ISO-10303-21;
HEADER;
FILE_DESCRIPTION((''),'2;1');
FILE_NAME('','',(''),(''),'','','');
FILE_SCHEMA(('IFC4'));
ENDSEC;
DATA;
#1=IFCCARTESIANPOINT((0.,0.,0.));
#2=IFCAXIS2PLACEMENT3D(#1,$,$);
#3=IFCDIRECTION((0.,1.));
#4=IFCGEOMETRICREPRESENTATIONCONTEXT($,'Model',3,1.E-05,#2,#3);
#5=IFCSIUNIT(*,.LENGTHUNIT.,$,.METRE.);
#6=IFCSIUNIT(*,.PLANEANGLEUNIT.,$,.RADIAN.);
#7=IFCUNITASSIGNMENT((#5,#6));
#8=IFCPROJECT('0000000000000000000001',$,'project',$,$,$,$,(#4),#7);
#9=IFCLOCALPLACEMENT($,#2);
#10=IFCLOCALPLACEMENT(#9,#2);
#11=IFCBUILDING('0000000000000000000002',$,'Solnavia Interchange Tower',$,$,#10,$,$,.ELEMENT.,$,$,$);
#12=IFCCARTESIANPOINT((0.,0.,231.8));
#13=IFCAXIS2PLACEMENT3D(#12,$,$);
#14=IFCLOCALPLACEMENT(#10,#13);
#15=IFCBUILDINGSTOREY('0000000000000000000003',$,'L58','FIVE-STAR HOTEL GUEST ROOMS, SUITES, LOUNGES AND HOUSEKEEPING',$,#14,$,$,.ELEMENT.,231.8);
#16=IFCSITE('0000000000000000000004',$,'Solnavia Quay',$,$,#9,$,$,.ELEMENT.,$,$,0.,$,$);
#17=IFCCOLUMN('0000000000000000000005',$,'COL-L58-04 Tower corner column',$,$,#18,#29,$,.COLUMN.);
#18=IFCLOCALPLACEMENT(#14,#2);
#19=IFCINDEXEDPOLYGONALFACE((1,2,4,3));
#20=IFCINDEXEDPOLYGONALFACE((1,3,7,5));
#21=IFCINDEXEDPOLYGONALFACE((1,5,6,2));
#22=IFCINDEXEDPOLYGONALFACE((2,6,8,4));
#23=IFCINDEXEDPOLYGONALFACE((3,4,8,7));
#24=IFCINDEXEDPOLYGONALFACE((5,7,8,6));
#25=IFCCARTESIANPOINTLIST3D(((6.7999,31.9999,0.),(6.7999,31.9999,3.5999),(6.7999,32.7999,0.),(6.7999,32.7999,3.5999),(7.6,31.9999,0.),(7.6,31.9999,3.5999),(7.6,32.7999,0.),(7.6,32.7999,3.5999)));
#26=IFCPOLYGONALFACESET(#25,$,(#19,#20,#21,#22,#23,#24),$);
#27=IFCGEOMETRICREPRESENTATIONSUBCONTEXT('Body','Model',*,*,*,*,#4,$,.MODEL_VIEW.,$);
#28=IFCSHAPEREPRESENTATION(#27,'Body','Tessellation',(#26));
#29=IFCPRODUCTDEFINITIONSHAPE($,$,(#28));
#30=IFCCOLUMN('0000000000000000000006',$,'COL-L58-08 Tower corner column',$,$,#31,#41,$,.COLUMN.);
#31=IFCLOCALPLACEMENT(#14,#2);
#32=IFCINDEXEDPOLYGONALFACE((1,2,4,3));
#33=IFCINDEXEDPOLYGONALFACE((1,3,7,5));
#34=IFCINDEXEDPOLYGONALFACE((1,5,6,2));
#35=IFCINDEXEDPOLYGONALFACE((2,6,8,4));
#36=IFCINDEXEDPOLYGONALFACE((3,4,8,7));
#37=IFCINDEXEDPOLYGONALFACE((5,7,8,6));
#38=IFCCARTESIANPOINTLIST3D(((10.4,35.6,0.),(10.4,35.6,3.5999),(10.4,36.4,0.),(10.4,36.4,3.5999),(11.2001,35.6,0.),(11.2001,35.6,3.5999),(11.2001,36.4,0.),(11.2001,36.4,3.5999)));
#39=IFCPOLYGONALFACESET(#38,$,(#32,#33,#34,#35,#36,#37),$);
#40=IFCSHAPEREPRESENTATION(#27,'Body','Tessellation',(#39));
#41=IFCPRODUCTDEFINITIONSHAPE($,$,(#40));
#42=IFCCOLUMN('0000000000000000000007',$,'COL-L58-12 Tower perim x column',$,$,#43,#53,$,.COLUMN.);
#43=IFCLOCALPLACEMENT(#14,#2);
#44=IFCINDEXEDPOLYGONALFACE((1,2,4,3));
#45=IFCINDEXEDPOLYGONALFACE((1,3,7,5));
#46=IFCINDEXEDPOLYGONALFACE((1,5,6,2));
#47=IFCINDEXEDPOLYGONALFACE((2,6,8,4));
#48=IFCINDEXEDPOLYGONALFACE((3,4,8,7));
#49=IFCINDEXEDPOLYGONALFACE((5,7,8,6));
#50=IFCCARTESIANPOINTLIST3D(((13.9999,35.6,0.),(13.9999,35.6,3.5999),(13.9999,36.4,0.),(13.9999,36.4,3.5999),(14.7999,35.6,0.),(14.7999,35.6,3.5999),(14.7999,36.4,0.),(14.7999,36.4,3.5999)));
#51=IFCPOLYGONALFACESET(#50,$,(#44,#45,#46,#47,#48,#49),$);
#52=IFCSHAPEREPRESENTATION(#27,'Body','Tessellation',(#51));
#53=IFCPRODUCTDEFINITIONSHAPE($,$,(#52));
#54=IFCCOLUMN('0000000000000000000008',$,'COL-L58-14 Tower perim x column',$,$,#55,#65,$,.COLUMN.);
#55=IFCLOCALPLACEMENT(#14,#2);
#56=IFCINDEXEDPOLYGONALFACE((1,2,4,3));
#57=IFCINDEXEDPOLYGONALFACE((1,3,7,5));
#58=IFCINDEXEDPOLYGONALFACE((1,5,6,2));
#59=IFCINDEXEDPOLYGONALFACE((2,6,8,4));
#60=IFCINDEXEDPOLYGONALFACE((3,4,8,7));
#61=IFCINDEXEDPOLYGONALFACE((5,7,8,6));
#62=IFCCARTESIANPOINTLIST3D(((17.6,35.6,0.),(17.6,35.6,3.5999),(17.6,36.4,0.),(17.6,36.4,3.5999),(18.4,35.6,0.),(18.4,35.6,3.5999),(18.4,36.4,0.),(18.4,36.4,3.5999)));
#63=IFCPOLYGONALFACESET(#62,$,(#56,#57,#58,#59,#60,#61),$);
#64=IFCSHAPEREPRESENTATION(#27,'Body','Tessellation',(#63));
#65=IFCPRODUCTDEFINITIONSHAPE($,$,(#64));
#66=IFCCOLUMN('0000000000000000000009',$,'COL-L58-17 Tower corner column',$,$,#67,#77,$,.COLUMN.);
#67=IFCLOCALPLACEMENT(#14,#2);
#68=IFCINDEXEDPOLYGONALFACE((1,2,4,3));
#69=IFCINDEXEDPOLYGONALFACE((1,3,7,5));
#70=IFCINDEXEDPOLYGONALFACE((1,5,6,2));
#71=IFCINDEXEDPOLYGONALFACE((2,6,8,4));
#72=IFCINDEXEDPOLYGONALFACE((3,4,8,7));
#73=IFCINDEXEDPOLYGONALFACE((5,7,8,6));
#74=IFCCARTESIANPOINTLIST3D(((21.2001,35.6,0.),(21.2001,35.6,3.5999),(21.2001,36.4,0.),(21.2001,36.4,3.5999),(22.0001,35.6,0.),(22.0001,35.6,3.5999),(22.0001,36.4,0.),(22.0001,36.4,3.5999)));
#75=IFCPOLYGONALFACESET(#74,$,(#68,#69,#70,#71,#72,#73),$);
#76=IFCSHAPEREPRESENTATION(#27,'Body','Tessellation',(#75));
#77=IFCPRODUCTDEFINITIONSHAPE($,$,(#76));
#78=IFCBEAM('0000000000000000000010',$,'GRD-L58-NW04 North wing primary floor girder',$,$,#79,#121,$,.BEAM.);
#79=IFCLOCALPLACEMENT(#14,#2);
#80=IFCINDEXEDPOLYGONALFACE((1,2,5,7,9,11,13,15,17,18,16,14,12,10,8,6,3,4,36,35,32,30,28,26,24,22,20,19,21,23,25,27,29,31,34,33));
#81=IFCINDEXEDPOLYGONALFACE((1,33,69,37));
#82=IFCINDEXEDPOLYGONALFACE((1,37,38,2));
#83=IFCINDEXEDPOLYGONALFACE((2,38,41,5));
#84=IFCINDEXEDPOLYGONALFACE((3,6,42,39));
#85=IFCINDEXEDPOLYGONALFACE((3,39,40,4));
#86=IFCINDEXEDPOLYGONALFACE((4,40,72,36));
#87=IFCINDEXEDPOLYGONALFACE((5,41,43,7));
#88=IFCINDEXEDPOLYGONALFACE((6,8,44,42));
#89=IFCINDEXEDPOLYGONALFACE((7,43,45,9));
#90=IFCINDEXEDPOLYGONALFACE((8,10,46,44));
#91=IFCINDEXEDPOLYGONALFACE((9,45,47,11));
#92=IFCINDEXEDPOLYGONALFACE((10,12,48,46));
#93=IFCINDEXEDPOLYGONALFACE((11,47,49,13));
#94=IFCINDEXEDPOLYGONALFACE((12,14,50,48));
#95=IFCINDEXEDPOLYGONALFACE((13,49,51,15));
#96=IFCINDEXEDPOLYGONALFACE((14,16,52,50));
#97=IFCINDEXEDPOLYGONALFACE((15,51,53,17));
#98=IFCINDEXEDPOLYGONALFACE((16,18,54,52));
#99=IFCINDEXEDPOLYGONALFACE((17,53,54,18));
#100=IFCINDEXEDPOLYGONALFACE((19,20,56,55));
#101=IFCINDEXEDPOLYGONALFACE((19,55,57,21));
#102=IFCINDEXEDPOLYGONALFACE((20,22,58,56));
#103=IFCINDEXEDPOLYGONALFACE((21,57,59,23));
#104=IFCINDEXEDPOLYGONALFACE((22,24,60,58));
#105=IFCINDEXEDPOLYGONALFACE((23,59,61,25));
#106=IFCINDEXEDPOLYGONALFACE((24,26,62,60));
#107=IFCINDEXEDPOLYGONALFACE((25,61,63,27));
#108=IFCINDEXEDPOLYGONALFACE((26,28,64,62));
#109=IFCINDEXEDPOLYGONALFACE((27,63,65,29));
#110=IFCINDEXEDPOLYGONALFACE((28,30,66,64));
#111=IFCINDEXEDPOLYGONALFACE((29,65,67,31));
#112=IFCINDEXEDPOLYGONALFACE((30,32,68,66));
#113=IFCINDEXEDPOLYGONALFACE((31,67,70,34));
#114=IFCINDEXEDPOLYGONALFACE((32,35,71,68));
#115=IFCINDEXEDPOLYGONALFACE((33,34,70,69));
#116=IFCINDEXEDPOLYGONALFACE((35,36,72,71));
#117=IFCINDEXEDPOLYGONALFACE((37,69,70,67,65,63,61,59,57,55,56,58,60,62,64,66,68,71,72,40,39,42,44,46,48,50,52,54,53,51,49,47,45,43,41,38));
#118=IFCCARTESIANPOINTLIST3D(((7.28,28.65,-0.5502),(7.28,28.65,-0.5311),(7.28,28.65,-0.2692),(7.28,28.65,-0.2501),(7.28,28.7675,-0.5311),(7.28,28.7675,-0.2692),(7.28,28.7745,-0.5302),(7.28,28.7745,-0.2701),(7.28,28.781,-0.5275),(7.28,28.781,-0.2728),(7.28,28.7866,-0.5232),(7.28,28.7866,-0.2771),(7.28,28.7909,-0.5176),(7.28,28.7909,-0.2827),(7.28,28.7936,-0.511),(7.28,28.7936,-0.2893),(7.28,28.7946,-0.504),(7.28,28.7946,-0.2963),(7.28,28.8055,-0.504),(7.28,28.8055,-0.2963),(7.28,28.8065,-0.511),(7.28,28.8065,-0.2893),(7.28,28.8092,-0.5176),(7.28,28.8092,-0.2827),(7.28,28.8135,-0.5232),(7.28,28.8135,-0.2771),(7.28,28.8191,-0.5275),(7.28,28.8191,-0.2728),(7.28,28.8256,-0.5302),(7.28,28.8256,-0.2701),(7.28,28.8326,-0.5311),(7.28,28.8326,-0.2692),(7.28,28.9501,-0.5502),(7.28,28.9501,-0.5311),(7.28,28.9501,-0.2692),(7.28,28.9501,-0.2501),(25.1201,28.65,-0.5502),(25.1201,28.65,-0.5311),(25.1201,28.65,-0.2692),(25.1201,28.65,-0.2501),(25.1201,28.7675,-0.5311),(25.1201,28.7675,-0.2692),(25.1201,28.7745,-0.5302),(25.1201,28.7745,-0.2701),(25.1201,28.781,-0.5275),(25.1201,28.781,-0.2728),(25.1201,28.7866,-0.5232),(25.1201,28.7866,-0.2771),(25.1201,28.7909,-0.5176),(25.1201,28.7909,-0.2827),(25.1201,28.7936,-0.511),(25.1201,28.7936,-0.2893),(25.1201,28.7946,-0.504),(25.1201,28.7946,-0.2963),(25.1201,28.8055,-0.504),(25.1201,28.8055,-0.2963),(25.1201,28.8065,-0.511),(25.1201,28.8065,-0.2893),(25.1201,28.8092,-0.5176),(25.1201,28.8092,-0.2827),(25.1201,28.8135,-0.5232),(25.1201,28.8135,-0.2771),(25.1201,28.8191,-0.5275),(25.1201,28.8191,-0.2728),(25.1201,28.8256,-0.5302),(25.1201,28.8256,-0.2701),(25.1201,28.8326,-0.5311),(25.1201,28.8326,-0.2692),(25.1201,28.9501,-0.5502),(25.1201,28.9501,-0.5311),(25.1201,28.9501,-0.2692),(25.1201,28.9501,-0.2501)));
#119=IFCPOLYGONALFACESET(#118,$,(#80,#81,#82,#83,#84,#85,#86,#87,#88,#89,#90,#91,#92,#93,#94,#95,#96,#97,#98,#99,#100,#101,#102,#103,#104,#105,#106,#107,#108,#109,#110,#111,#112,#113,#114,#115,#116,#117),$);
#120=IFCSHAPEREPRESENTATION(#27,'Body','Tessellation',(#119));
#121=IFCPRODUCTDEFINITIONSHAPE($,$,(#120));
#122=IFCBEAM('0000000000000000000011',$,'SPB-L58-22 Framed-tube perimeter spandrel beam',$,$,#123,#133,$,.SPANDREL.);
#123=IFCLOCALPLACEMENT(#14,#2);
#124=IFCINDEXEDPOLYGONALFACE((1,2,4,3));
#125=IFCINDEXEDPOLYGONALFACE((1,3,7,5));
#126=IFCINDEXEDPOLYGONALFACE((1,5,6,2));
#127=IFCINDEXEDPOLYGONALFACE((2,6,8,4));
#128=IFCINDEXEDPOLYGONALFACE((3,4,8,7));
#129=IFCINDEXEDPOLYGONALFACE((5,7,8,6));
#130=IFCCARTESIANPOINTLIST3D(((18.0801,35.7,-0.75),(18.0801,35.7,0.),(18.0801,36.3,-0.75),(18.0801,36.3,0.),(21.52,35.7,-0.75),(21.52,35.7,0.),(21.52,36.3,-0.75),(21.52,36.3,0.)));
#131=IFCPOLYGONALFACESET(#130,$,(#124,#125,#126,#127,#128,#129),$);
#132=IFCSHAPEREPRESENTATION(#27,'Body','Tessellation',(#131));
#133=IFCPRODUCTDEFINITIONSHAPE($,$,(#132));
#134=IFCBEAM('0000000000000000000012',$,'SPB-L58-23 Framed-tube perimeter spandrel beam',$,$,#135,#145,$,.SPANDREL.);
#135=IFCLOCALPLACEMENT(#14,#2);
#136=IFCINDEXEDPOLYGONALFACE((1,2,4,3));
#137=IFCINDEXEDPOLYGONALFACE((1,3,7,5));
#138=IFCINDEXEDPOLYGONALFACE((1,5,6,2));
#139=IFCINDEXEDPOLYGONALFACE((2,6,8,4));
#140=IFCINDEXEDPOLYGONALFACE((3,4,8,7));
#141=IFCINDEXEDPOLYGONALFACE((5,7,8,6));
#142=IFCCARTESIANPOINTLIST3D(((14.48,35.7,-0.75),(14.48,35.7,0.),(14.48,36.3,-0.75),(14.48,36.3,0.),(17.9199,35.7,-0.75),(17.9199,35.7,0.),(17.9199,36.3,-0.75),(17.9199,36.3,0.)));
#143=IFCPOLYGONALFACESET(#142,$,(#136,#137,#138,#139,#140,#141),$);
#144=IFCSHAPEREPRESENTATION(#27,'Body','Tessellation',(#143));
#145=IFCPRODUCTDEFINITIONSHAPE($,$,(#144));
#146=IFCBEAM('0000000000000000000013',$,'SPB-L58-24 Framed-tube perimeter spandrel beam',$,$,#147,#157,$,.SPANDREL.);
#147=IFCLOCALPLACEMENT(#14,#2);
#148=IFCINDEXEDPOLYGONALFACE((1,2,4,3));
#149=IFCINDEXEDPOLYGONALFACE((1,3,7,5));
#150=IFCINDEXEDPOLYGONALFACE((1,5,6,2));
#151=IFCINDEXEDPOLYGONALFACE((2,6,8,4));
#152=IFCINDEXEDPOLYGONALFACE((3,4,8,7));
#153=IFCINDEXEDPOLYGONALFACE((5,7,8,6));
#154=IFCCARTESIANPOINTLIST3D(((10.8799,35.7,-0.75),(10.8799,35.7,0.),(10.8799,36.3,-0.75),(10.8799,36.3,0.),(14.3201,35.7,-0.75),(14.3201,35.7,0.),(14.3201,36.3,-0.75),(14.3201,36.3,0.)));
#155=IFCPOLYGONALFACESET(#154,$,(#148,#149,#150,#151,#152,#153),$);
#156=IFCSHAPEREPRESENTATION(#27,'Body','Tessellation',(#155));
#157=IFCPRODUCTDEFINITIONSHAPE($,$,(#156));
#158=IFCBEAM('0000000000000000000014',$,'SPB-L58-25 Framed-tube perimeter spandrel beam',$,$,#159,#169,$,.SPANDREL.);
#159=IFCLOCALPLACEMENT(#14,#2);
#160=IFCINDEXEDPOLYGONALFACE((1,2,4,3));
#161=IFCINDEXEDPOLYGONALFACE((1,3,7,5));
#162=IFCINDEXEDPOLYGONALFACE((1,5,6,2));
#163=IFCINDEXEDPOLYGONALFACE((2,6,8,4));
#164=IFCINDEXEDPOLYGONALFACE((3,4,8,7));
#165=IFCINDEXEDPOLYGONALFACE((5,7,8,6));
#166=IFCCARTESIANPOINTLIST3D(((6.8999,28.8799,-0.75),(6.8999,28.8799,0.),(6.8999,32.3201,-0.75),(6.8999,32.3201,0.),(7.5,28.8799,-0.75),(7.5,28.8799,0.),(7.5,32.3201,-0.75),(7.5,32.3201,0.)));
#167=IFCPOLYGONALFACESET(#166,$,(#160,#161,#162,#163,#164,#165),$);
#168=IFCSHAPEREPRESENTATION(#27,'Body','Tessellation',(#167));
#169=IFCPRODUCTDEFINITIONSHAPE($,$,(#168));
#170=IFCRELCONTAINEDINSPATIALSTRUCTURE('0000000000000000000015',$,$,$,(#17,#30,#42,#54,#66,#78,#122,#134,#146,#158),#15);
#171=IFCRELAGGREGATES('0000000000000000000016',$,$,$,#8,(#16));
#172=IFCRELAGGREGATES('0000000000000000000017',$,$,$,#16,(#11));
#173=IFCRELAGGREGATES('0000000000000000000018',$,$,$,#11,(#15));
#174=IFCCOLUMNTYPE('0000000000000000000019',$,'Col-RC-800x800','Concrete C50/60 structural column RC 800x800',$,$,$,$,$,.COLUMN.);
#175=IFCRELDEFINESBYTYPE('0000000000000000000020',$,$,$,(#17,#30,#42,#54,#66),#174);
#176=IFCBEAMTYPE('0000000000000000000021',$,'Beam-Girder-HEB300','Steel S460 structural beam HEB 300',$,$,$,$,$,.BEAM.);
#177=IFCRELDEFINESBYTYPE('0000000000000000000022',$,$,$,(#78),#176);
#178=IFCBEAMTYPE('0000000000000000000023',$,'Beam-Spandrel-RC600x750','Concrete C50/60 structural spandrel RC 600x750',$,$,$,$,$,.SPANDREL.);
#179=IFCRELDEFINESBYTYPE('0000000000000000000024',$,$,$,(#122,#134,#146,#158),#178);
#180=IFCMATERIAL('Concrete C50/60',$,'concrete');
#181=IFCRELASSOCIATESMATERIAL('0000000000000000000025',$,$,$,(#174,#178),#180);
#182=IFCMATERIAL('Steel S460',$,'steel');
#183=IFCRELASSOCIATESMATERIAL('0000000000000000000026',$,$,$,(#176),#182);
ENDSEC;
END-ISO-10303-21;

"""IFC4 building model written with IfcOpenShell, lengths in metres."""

from ifc_helpers import new_model, si_unit, direction, frame, origin, origin_2d, place, context, subcontext, project, spatial, rectangle, i_section, extrude, material, material_profile, profile_set, type_object, element, save


model = new_model("IFC4")

# Units and contexts
model_context = context("Model", 3, precision=1e-05, world=origin(), true_north=direction((0.0, 1.0)))
body_context = subcontext(model_context, "Body", "Model", "MODEL_VIEW")
ifc_project = project(units=[si_unit("LENGTHUNIT", "METRE"), si_unit("PLANEANGLEUNIT", "RADIAN")], contexts=[model_context])

# Site, building, storey
site_placement = place(None, origin())
site = spatial("IfcSite", under=ifc_project, at=site_placement, Name="Solnavia Quay", CompositionType="ELEMENT", RefElevation=0.0)
building_placement = place(site_placement, origin())
building = spatial("IfcBuilding", under=site, at=building_placement, Name="Solnavia Interchange Tower", CompositionType="ELEMENT")
storey_placement = place(building_placement, frame((0.0, 0.0, 231.8)))
storey = spatial("IfcBuildingStorey", under=building, at=storey_placement, Name="L58", Description="FIVE-STAR HOTEL GUEST ROOMS, SUITES, LOUNGES AND HOUSEKEEPING", CompositionType="ELEMENT", Elevation=231.8)

# Columns
ifc_material_1 = material(Name="Concrete C50/60", Category="concrete")
ifc_material_profile_1 = material_profile(ifc_material_1, rectangle(XDim=0.8, YDim=0.8, at=origin_2d()), Name="RC 800x800")
ifc_profile_set_1 = profile_set([ifc_material_profile_1], Name="Concrete C50/60")
column_type = type_object("IfcColumnType", Name="Col-RC-800x800", Description="Concrete C50/60 structural column RC 800x800", PredefinedType="COLUMN", material=ifc_profile_set_1)
for number, where, z_axis, x_axis, name in (
    (1, (7.2, 32.3999, 0.0), (0.0, 0.0, 1.0), (0.0, 1.0, 0.0), "COL-L58-04 Tower corner column"),
    (2, (10.8, 36.0, 0.0), (0.0, 0.0, 1.0), (1.0, 0.0, 0.0), "COL-L58-08 Tower corner column"),
    (3, (14.3999, 36.0, 0.0), (0.0, 0.0, 1.0), (1.0, 0.0, 0.0), "COL-L58-12 Tower perim x column"),
    (4, (18.0, 36.0, 0.0), (0.0, 0.0, 1.0), (1.0, 0.0, 0.0), "COL-L58-14 Tower perim x column"),
    (5, (21.6001, 36.0, 0.0), (0.0, 0.0, 1.0), (1.0, 0.0, 0.0), "COL-L58-17 Tower corner column"),
):
    element("IfcColumn", number, at=place(storey_placement, frame(where, z_axis=z_axis, x_axis=x_axis)), inside=storey, type_object=column_type, Name=name, PredefinedType="COLUMN", context=body_context, shape_type="SweptSolid", body=[
        extrude(rectangle(XDim=0.8, YDim=0.8, at=origin_2d()), origin(), (0.0, 0.0, 1.0), 3.5999),
    ])

# Beams
ifc_material_2 = material(Name="Steel S460", Category="steel")
ifc_material_profile_2 = material_profile(ifc_material_2, i_section(OverallWidth=0.3, OverallDepth=0.3, WebThickness=0.011, FlangeThickness=0.019, FilletRadius=0.0271, at=origin_2d()), Name="HEB 300")
ifc_profile_set_2 = profile_set([ifc_material_profile_2], Name="Steel S460")
beam_type_1 = type_object("IfcBeamType", Name="Beam-Girder-HEB300", Description="Steel S460 structural beam HEB 300", PredefinedType="BEAM", material=ifc_profile_set_2)
beam_placement = place(storey_placement, frame((7.28, 28.8, -0.4001), z_axis=(1.0, 0.0, 0.0), x_axis=(0.0, 1.0, 0.0)))
element("IfcBeam", 6, at=beam_placement, inside=storey, type_object=beam_type_1, Name="GRD-L58-NW04 North wing primary floor girder", PredefinedType="BEAM", context=body_context, shape_type="SweptSolid", body=[
    extrude(i_section(OverallWidth=0.3, OverallDepth=0.3, WebThickness=0.011, FlangeThickness=0.019, FilletRadius=0.0271, at=origin_2d()), origin(), (0.0, 0.0, 1.0), 17.8401),
])
ifc_material_profile_3 = material_profile(ifc_material_1, rectangle(XDim=0.6001, YDim=0.75, at=origin_2d()), Name="RC 600x750")
ifc_profile_set_3 = profile_set([ifc_material_profile_3], Name="Concrete C50/60")
beam_type_2 = type_object("IfcBeamType", Name="Beam-Spandrel-RC600x750", Description="Concrete C50/60 structural spandrel RC 600x750", PredefinedType="SPANDREL", material=ifc_profile_set_3)
for number, where, z_axis, x_axis, name in (
    (7, (21.52, 36.0, -0.375), (-1.0, 0.0, 0.0), (0.0, -1.0, 0.0), "SPB-L58-22 Framed-tube perimeter spandrel beam"),
    (8, (17.9199, 36.0, -0.375), (-1.0, 0.0, 0.0), (0.0, -1.0, 0.0), "SPB-L58-23 Framed-tube perimeter spandrel beam"),
):
    element("IfcBeam", number, at=place(storey_placement, frame(where, z_axis=z_axis, x_axis=x_axis)), inside=storey, type_object=beam_type_2, Name=name, PredefinedType="SPANDREL", context=body_context, shape_type="SweptSolid", body=[
        extrude(rectangle(XDim=0.6001, YDim=0.75, at=origin_2d()), origin(), (0.0, 0.0, 1.0), 3.4399),
    ])
for number, where, z_axis, x_axis, name in (
    (9, (14.3201, 36.0, -0.375), (-1.0, 0.0, 0.0), (0.0, -1.0, 0.0), "SPB-L58-24 Framed-tube perimeter spandrel beam"),
    (10, (7.2, 32.3201, -0.375), (0.0, -1.0, 0.0), (1.0, 0.0, 0.0), "SPB-L58-25 Framed-tube perimeter spandrel beam"),
):
    element("IfcBeam", number, at=place(storey_placement, frame(where, z_axis=z_axis, x_axis=x_axis)), inside=storey, type_object=beam_type_2, Name=name, PredefinedType="SPANDREL", context=body_context, shape_type="SweptSolid", body=[
        extrude(rectangle(XDim=0.6001, YDim=0.75, at=origin_2d()), origin(), (0.0, 0.0, 1.0), 3.4402),
    ])

save(model, "model.ifc")
